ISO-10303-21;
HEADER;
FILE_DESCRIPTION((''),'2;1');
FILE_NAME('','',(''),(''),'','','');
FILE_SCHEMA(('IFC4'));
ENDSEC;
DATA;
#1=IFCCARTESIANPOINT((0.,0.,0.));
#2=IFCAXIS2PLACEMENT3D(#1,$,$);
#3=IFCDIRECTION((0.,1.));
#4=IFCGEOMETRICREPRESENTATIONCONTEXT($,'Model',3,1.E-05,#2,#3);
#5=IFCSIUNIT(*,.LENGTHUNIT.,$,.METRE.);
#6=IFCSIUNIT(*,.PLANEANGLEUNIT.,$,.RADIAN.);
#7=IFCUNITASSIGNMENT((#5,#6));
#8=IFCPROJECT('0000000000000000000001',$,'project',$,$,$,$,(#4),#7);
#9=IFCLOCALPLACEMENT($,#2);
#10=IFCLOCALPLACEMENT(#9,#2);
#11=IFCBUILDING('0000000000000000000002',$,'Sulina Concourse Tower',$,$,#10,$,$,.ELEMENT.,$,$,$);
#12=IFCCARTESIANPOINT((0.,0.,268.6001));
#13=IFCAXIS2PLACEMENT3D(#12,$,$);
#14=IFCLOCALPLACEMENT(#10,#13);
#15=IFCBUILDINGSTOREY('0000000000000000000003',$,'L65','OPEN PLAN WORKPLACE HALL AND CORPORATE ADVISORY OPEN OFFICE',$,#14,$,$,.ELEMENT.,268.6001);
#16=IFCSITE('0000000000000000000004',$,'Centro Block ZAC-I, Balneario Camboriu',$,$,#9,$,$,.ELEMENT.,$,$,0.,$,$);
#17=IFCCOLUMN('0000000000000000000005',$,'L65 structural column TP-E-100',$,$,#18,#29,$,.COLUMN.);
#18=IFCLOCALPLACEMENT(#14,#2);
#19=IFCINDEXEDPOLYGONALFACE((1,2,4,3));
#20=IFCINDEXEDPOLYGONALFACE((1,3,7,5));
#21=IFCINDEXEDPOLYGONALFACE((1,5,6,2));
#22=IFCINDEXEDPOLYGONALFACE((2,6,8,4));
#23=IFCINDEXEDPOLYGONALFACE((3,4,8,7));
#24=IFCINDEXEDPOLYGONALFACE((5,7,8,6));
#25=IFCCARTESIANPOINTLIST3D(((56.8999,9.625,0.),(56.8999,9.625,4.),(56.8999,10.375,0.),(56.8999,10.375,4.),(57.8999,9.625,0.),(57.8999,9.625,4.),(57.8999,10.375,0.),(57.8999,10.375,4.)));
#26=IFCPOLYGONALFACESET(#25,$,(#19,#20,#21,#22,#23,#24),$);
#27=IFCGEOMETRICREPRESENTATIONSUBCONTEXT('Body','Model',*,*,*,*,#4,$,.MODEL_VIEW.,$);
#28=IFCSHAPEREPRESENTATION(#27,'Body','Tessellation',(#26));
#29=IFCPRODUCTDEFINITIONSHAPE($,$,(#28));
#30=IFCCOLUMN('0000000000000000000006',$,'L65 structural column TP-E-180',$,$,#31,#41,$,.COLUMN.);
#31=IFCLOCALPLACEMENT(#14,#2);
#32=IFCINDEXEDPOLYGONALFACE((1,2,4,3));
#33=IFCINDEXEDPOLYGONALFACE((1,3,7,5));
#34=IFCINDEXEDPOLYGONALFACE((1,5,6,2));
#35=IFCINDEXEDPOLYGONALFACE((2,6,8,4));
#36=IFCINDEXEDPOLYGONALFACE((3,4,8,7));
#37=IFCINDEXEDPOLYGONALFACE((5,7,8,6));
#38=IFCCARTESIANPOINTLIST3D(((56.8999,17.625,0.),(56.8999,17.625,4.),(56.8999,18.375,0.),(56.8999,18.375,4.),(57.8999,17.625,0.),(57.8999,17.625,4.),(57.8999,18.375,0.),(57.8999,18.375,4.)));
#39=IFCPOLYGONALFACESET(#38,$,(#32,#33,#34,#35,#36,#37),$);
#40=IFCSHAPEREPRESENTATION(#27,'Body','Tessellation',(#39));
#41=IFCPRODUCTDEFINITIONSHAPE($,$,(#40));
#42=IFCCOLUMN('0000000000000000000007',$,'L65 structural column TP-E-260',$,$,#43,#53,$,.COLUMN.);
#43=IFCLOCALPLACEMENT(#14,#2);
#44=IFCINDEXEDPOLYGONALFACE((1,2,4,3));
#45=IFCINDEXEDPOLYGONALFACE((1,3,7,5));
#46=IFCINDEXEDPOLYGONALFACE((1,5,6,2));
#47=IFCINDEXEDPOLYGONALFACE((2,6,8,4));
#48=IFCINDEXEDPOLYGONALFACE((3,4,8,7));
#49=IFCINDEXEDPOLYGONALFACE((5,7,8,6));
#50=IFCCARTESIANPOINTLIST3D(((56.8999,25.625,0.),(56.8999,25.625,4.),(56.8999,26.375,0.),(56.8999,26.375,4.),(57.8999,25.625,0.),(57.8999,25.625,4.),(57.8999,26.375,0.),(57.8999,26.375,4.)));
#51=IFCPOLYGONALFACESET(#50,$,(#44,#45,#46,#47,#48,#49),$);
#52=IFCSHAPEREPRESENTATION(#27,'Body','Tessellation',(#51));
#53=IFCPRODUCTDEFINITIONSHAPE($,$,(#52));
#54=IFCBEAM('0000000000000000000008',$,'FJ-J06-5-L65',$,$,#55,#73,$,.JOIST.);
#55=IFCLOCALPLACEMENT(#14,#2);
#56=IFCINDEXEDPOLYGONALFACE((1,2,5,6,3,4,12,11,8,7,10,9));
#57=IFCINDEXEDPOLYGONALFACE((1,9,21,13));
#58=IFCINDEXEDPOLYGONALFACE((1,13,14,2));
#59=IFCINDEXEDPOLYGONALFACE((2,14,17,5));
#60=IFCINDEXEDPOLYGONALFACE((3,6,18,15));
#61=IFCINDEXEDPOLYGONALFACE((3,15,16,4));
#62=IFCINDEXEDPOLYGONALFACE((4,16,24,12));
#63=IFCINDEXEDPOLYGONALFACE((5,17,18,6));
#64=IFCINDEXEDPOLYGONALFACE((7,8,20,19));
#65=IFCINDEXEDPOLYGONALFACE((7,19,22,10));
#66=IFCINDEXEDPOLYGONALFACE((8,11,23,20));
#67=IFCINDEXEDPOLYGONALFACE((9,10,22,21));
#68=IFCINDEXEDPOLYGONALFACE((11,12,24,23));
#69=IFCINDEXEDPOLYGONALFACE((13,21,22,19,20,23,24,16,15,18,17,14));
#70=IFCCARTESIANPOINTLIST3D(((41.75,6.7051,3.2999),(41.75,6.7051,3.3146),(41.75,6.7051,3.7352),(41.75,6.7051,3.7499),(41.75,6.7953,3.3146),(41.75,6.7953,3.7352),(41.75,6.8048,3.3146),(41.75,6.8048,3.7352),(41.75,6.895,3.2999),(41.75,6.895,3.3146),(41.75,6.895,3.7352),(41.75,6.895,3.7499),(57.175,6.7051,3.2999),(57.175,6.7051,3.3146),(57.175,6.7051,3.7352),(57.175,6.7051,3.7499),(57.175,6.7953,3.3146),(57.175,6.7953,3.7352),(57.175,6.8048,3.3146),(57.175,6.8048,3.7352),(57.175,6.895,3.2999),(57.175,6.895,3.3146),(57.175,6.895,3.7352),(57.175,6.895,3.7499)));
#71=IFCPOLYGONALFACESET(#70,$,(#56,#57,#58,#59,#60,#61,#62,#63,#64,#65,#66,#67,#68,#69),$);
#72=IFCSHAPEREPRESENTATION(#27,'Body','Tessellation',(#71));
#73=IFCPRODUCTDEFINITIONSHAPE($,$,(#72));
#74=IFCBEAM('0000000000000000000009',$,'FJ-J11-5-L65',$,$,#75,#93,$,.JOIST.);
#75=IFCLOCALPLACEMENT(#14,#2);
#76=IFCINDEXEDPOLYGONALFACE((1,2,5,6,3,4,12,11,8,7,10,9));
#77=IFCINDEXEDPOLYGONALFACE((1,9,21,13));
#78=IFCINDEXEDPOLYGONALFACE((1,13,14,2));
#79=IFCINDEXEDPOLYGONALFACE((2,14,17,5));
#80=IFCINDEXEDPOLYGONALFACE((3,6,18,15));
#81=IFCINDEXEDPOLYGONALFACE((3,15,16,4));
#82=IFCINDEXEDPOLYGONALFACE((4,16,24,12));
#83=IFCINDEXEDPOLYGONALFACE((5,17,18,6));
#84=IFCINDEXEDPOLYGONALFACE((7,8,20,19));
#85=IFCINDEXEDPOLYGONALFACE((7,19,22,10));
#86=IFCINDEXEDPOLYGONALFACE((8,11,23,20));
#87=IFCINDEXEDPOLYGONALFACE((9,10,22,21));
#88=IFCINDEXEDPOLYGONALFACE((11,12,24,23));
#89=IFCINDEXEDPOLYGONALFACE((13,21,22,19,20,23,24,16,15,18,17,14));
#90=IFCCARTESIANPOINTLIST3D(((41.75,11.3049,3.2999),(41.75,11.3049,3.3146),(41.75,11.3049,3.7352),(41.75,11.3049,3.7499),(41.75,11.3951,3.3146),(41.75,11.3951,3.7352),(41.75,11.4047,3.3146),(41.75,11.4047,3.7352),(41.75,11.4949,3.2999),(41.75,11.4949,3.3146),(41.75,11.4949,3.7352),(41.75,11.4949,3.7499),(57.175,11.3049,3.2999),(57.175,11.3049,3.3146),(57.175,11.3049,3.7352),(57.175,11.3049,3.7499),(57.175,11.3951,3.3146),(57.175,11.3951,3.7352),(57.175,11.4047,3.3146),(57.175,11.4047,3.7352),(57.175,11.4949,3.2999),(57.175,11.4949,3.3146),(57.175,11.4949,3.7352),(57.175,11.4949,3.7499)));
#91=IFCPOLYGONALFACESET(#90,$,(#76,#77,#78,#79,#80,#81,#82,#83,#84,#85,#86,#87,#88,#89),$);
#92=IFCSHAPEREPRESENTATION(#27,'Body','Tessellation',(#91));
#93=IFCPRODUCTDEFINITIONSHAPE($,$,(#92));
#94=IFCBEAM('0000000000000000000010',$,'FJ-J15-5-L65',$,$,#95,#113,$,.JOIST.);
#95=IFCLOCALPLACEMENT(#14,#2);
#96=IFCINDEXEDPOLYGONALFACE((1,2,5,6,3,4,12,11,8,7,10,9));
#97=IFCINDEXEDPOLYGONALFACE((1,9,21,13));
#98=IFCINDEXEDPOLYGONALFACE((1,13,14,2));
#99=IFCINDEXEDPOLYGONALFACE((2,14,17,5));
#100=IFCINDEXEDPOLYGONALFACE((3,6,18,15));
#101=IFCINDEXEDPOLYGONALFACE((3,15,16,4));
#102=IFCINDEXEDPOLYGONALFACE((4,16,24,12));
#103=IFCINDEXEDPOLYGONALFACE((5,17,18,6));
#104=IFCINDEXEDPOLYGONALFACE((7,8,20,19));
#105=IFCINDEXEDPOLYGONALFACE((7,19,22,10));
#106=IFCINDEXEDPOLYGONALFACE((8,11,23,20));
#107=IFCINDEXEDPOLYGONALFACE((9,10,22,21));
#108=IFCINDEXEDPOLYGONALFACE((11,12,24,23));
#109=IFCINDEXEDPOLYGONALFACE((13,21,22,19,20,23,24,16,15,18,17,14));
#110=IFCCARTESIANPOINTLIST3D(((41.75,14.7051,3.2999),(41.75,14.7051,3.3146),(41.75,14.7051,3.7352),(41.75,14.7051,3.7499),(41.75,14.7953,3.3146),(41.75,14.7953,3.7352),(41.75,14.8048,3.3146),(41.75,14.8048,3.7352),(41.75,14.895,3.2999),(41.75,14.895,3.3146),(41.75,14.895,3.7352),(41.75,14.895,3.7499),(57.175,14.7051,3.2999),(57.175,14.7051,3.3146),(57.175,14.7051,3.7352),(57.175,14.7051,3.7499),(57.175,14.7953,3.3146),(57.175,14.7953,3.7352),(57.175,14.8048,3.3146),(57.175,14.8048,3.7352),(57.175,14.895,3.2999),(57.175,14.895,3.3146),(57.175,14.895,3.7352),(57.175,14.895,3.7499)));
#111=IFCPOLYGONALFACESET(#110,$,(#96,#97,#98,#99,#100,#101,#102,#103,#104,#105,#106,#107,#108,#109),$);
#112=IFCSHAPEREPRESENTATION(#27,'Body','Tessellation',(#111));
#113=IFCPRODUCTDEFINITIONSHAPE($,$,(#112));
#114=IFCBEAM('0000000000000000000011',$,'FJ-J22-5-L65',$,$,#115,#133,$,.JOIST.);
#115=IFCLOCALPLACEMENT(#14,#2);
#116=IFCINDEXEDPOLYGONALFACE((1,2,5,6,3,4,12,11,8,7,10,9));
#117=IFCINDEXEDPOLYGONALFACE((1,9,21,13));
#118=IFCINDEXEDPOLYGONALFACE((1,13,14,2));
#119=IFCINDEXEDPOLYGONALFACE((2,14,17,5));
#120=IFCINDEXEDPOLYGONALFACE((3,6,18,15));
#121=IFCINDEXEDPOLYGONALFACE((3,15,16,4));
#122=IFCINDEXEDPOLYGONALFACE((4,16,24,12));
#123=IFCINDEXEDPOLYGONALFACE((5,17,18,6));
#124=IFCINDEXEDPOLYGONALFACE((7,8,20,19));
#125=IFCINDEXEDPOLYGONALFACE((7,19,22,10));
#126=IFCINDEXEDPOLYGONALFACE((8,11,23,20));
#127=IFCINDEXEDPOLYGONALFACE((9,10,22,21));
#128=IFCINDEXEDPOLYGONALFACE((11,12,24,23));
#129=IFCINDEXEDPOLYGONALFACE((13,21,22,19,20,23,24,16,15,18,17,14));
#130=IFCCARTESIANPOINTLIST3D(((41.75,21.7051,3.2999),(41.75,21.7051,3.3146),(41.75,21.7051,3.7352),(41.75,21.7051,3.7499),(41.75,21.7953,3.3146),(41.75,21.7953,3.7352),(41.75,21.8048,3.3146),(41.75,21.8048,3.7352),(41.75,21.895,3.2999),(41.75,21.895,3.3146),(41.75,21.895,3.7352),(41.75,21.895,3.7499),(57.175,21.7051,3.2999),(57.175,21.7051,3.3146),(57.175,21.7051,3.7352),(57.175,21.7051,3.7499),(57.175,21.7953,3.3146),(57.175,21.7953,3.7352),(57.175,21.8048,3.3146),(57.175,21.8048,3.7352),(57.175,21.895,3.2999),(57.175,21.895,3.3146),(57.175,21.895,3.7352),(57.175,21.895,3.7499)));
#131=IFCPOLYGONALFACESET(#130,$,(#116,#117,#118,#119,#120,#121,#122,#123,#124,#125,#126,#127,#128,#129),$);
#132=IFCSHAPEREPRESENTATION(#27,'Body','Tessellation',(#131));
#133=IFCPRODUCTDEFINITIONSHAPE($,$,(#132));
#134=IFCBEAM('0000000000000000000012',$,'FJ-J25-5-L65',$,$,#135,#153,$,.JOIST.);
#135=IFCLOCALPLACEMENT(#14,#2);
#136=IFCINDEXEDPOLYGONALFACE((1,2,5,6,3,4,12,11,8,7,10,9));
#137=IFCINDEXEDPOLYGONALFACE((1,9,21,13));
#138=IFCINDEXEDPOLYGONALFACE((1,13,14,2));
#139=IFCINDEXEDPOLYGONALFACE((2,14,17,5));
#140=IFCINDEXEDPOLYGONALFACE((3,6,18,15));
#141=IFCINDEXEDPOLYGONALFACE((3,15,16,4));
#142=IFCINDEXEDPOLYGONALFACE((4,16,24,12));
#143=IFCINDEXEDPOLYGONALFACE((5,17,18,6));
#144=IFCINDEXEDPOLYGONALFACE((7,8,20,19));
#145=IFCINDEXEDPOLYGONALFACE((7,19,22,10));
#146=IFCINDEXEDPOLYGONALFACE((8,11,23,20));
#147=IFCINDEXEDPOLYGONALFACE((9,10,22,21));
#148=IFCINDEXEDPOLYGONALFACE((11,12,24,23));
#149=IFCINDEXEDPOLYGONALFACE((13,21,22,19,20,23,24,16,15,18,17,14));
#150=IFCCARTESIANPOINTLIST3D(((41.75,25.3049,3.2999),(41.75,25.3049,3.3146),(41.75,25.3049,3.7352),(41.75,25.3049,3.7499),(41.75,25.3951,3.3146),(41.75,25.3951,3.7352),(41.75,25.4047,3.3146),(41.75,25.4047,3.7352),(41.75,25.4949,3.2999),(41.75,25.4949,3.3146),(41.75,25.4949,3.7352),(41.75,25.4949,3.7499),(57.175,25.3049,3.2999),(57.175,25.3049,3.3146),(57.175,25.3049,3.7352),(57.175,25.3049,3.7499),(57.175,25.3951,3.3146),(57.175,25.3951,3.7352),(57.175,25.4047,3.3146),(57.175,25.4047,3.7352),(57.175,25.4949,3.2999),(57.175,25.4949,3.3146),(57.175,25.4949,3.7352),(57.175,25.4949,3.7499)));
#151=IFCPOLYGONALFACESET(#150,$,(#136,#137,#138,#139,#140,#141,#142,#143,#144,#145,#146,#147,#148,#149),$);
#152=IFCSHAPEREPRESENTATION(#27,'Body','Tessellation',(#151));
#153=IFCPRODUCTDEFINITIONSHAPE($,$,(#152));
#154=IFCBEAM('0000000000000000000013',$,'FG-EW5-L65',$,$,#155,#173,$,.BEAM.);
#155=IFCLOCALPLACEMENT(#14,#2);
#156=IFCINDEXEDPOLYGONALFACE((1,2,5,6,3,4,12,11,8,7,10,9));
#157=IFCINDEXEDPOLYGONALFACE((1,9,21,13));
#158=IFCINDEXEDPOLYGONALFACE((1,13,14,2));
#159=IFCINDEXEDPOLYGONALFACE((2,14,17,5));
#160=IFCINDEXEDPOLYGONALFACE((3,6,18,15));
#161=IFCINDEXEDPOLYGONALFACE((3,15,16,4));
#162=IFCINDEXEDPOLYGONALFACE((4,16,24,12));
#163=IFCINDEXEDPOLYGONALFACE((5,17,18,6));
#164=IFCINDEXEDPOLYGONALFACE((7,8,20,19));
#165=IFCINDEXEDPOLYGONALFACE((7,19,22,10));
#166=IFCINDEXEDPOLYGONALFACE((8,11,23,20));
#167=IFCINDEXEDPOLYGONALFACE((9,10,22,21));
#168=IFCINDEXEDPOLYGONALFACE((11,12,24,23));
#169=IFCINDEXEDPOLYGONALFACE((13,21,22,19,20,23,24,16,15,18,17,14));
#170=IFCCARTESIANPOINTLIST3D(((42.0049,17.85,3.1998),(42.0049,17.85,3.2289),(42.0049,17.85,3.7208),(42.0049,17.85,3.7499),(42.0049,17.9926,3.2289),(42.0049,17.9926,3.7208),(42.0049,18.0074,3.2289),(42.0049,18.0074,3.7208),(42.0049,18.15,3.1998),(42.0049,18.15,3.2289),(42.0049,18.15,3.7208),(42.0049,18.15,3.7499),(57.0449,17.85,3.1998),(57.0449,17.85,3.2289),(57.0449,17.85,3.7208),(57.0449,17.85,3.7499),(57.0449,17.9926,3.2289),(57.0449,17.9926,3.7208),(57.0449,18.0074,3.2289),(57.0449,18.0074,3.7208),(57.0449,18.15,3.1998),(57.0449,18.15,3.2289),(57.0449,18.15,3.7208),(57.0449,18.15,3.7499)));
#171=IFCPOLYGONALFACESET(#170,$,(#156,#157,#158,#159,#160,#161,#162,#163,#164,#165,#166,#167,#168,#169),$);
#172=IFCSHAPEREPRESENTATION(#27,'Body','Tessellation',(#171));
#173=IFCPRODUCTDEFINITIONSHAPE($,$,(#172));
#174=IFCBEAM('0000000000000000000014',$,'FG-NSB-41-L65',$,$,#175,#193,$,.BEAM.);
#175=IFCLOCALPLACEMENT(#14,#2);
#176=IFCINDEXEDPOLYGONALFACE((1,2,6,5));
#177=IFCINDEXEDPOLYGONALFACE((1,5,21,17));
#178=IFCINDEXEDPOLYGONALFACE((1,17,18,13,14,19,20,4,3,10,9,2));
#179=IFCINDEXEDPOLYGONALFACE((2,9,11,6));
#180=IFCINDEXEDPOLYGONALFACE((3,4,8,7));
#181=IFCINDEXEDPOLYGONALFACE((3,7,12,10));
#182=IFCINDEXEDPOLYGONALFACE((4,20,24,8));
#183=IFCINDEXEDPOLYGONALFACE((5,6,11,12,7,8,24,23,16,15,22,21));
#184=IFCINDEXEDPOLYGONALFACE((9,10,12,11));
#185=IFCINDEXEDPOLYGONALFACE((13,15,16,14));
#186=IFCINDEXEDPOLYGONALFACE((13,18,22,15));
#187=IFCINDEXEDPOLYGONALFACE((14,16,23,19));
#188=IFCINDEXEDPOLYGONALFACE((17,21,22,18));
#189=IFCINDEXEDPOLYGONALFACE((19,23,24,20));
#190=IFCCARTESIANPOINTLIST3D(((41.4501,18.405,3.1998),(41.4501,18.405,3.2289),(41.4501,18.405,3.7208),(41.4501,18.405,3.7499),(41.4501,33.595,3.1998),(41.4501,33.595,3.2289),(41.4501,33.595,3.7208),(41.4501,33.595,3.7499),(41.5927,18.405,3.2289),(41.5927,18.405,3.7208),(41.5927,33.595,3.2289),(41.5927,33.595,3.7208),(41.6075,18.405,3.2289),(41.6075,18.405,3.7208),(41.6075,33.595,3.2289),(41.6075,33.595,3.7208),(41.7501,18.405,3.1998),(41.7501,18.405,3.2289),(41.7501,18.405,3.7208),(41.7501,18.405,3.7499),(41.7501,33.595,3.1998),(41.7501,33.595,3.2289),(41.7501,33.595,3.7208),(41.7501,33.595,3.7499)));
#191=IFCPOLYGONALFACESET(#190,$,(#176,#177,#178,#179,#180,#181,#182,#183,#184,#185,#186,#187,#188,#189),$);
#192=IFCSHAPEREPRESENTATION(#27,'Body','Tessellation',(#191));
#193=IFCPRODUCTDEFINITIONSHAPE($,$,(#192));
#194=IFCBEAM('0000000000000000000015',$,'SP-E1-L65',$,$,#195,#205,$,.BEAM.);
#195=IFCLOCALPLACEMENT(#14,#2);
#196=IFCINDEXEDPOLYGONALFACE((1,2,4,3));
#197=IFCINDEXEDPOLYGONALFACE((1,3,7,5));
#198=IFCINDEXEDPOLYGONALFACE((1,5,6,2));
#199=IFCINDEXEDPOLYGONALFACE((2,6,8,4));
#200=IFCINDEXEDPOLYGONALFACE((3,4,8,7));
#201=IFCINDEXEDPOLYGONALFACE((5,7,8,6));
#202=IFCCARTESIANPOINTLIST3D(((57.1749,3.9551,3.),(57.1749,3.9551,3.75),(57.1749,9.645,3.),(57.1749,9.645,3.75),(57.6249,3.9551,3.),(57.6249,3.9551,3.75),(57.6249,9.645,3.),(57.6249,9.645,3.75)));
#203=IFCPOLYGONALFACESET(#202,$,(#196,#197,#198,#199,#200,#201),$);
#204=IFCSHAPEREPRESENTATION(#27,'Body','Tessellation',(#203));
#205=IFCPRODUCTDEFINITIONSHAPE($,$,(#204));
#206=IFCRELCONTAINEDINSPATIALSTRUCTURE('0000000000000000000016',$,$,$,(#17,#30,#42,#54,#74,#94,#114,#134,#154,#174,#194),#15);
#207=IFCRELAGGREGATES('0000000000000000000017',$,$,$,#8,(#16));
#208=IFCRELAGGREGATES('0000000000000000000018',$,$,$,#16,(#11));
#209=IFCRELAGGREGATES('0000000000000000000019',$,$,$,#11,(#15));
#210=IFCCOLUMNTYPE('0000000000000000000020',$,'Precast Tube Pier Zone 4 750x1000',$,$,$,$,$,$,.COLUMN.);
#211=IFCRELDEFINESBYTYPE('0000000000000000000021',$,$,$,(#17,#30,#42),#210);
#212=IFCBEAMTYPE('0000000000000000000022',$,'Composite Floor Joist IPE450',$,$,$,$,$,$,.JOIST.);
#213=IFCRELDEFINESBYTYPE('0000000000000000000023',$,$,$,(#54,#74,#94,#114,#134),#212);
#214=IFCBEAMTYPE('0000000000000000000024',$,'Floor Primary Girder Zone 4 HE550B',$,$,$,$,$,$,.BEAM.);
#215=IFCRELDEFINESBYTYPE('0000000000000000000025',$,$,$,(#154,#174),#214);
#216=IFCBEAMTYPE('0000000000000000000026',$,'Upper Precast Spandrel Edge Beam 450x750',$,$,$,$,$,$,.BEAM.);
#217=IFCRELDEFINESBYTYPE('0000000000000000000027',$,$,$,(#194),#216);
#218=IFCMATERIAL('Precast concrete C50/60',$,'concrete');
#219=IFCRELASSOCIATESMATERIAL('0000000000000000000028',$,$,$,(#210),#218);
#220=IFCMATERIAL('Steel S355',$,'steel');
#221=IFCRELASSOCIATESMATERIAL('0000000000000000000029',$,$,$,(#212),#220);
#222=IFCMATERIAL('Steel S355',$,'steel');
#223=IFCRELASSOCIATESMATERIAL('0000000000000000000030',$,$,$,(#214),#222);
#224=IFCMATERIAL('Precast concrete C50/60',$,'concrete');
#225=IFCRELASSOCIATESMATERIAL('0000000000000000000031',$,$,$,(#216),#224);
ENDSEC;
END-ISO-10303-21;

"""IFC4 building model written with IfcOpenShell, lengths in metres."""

from ifc_helpers import new_model, si_unit, direction, frame, origin, origin_2d, place, context, subcontext, project, spatial, rectangle, i_section, extrude, material, material_profile, profile_set, type_object, element, save


model = new_model("IFC4")

# Units and contexts
model_context = context("Model", 3, precision=1e-05, world=origin(), true_north=direction((0.0, 1.0)))
body_context = subcontext(model_context, "Body", "Model", "MODEL_VIEW")
ifc_project = project(units=[si_unit("LENGTHUNIT", "METRE"), si_unit("PLANEANGLEUNIT", "RADIAN")], contexts=[model_context])

# Site, building, storey
site_placement = place(None, origin())
site = spatial("IfcSite", under=ifc_project, at=site_placement, Name="Centro Block ZAC-I, Balneario Camboriu", CompositionType="ELEMENT", RefElevation=0.0)
building_placement = place(site_placement, origin())
building = spatial("IfcBuilding", under=site, at=building_placement, Name="Sulina Concourse Tower", CompositionType="ELEMENT")
storey_placement = place(building_placement, frame((0.0, 0.0, 268.6001)))
storey = spatial("IfcBuildingStorey", under=building, at=storey_placement, Name="L65", Description="OPEN PLAN WORKPLACE HALL AND CORPORATE ADVISORY OPEN OFFICE", CompositionType="ELEMENT", Elevation=268.6001)

# Columns
ifc_material_1 = material(Name="Precast concrete C50/60", Category="concrete")
ifc_material_profile_1 = material_profile(ifc_material_1, rectangle(XDim=0.75, YDim=1.0, at=origin_2d()), Name="PC 750x1000")
ifc_profile_set_1 = profile_set([ifc_material_profile_1], Name="Precast concrete C50/60")
column_type = type_object("IfcColumnType", Name="Precast Tube Pier Zone 4 750x1000", PredefinedType="COLUMN", material=ifc_profile_set_1)
for number, where, z_axis, x_axis, name in (
    (1, (57.3999, 10.0, 0.0), (0.0, 0.0, 1.0), (0.0, 1.0, 0.0), "L65 structural column TP-E-100"),
    (2, (57.3999, 18.0, 0.0), (0.0, 0.0, 1.0), (0.0, 1.0, 0.0), "L65 structural column TP-E-180"),
    (3, (57.3999, 26.0, 0.0), (0.0, 0.0, 1.0), (0.0, 1.0, 0.0), "L65 structural column TP-E-260"),
):
    element("IfcColumn", number, at=place(storey_placement, frame(where, z_axis=z_axis, x_axis=x_axis)), inside=storey, type_object=column_type, Name=name, PredefinedType="COLUMN", context=body_context, shape_type="SweptSolid", body=[
        extrude(rectangle(XDim=0.75, YDim=1.0, at=origin_2d()), origin(), (0.0, 0.0, 1.0), 4.0),
    ])

# Beams
ifc_material_2 = material(Name="Steel S355", Category="steel")
ifc_material_profile_2 = material_profile(ifc_material_2, i_section(OverallWidth=0.1899, OverallDepth=0.45, WebThickness=0.0095, FlangeThickness=0.0146, at=origin_2d()), Name="IPE 450")
ifc_profile_set_2 = profile_set([ifc_material_profile_2], Name="Steel S355")
beam_type_1 = type_object("IfcBeamType", Name="Composite Floor Joist IPE450", PredefinedType="JOIST", material=ifc_profile_set_2)
for number, where, z_axis, x_axis, name in (
    (4, (41.75, 6.8, 3.5249), (1.0, 0.0, 0.0), (0.0, 1.0, 0.0), "FJ-J06-5-L65"),
    (5, (41.75, 11.3999, 3.5249), (1.0, 0.0, 0.0), (0.0, 1.0, 0.0), "FJ-J11-5-L65"),
    (6, (41.75, 14.8, 3.5249), (1.0, 0.0, 0.0), (0.0, 1.0, 0.0), "FJ-J15-5-L65"),
    (7, (41.75, 21.8, 3.5249), (1.0, 0.0, 0.0), (0.0, 1.0, 0.0), "FJ-J22-5-L65"),
    (8, (41.75, 25.3999, 3.5249), (1.0, 0.0, 0.0), (0.0, 1.0, 0.0), "FJ-J25-5-L65"),
):
    element("IfcBeam", number, at=place(storey_placement, frame(where, z_axis=z_axis, x_axis=x_axis)), inside=storey, type_object=beam_type_1, Name=name, PredefinedType="JOIST", context=body_context, shape_type="SweptSolid", body=[
        extrude(i_section(OverallWidth=0.1899, OverallDepth=0.45, WebThickness=0.0095, FlangeThickness=0.0146, at=origin_2d()), origin(), (0.0, 0.0, 1.0), 15.425),
    ])
ifc_material_3 = material(Name="Steel S355", Category="steel")
ifc_material_profile_3 = material_profile(ifc_material_3, i_section(OverallWidth=0.3, OverallDepth=0.55, WebThickness=0.0149, FlangeThickness=0.0291, at=origin_2d()), Name="HE 550 B")
ifc_profile_set_3 = profile_set([ifc_material_profile_3], Name="Steel S355")
beam_type_2 = type_object("IfcBeamType", Name="Floor Primary Girder Zone 4 HE550B", PredefinedType="BEAM", material=ifc_profile_set_3)
beam_1_placement = place(storey_placement, frame((42.0049, 18.0, 3.4749), z_axis=(1.0, 0.0, 0.0), x_axis=(0.0, 1.0, 0.0)))
element("IfcBeam", 9, at=beam_1_placement, inside=storey, type_object=beam_type_2, Name="FG-EW5-L65", PredefinedType="BEAM", context=body_context, shape_type="SweptSolid", body=[
    extrude(i_section(OverallWidth=0.3, OverallDepth=0.55, WebThickness=0.0149, FlangeThickness=0.0291, at=origin_2d()), origin(), (0.0, 0.0, 1.0), 15.04),
])
beam_2_placement = place(storey_placement, frame((41.6001, 18.405, 3.4749), z_axis=(0.0, 1.0, 0.0), x_axis=(-1.0, 0.0, 0.0)))
element("IfcBeam", 10, at=beam_2_placement, inside=storey, type_object=beam_type_2, Name="FG-NSB-41-L65", PredefinedType="BEAM", context=body_context, shape_type="SweptSolid", body=[
    extrude(i_section(OverallWidth=0.3, OverallDepth=0.55, WebThickness=0.0149, FlangeThickness=0.0291, at=origin_2d()), origin(), (0.0, 0.0, 1.0), 15.1899),
])
ifc_material_4 = material(Name="Precast concrete C50/60", Category="concrete")
ifc_material_profile_4 = material_profile(ifc_material_4, rectangle(XDim=0.45, YDim=0.75, at=origin_2d()), Name="RC 450x750")
ifc_profile_set_4 = profile_set([ifc_material_profile_4], Name="Precast concrete C50/60")
beam_type_3 = type_object("IfcBeamType", Name="Upper Precast Spandrel Edge Beam 450x750", PredefinedType="BEAM", material=ifc_profile_set_4)
beam_3_placement = place(storey_placement, frame((57.3999, 3.9551, 3.375), z_axis=(0.0, 1.0, 0.0), x_axis=(-1.0, 0.0, 0.0)))
element("IfcBeam", 11, at=beam_3_placement, inside=storey, type_object=beam_type_3, Name="SP-E1-L65", PredefinedType="BEAM", context=body_context, shape_type="SweptSolid", body=[
    extrude(rectangle(XDim=0.45, YDim=0.75, at=origin_2d()), origin(), (0.0, 0.0, 1.0), 5.6899),
])

save(model, "model.ifc")
